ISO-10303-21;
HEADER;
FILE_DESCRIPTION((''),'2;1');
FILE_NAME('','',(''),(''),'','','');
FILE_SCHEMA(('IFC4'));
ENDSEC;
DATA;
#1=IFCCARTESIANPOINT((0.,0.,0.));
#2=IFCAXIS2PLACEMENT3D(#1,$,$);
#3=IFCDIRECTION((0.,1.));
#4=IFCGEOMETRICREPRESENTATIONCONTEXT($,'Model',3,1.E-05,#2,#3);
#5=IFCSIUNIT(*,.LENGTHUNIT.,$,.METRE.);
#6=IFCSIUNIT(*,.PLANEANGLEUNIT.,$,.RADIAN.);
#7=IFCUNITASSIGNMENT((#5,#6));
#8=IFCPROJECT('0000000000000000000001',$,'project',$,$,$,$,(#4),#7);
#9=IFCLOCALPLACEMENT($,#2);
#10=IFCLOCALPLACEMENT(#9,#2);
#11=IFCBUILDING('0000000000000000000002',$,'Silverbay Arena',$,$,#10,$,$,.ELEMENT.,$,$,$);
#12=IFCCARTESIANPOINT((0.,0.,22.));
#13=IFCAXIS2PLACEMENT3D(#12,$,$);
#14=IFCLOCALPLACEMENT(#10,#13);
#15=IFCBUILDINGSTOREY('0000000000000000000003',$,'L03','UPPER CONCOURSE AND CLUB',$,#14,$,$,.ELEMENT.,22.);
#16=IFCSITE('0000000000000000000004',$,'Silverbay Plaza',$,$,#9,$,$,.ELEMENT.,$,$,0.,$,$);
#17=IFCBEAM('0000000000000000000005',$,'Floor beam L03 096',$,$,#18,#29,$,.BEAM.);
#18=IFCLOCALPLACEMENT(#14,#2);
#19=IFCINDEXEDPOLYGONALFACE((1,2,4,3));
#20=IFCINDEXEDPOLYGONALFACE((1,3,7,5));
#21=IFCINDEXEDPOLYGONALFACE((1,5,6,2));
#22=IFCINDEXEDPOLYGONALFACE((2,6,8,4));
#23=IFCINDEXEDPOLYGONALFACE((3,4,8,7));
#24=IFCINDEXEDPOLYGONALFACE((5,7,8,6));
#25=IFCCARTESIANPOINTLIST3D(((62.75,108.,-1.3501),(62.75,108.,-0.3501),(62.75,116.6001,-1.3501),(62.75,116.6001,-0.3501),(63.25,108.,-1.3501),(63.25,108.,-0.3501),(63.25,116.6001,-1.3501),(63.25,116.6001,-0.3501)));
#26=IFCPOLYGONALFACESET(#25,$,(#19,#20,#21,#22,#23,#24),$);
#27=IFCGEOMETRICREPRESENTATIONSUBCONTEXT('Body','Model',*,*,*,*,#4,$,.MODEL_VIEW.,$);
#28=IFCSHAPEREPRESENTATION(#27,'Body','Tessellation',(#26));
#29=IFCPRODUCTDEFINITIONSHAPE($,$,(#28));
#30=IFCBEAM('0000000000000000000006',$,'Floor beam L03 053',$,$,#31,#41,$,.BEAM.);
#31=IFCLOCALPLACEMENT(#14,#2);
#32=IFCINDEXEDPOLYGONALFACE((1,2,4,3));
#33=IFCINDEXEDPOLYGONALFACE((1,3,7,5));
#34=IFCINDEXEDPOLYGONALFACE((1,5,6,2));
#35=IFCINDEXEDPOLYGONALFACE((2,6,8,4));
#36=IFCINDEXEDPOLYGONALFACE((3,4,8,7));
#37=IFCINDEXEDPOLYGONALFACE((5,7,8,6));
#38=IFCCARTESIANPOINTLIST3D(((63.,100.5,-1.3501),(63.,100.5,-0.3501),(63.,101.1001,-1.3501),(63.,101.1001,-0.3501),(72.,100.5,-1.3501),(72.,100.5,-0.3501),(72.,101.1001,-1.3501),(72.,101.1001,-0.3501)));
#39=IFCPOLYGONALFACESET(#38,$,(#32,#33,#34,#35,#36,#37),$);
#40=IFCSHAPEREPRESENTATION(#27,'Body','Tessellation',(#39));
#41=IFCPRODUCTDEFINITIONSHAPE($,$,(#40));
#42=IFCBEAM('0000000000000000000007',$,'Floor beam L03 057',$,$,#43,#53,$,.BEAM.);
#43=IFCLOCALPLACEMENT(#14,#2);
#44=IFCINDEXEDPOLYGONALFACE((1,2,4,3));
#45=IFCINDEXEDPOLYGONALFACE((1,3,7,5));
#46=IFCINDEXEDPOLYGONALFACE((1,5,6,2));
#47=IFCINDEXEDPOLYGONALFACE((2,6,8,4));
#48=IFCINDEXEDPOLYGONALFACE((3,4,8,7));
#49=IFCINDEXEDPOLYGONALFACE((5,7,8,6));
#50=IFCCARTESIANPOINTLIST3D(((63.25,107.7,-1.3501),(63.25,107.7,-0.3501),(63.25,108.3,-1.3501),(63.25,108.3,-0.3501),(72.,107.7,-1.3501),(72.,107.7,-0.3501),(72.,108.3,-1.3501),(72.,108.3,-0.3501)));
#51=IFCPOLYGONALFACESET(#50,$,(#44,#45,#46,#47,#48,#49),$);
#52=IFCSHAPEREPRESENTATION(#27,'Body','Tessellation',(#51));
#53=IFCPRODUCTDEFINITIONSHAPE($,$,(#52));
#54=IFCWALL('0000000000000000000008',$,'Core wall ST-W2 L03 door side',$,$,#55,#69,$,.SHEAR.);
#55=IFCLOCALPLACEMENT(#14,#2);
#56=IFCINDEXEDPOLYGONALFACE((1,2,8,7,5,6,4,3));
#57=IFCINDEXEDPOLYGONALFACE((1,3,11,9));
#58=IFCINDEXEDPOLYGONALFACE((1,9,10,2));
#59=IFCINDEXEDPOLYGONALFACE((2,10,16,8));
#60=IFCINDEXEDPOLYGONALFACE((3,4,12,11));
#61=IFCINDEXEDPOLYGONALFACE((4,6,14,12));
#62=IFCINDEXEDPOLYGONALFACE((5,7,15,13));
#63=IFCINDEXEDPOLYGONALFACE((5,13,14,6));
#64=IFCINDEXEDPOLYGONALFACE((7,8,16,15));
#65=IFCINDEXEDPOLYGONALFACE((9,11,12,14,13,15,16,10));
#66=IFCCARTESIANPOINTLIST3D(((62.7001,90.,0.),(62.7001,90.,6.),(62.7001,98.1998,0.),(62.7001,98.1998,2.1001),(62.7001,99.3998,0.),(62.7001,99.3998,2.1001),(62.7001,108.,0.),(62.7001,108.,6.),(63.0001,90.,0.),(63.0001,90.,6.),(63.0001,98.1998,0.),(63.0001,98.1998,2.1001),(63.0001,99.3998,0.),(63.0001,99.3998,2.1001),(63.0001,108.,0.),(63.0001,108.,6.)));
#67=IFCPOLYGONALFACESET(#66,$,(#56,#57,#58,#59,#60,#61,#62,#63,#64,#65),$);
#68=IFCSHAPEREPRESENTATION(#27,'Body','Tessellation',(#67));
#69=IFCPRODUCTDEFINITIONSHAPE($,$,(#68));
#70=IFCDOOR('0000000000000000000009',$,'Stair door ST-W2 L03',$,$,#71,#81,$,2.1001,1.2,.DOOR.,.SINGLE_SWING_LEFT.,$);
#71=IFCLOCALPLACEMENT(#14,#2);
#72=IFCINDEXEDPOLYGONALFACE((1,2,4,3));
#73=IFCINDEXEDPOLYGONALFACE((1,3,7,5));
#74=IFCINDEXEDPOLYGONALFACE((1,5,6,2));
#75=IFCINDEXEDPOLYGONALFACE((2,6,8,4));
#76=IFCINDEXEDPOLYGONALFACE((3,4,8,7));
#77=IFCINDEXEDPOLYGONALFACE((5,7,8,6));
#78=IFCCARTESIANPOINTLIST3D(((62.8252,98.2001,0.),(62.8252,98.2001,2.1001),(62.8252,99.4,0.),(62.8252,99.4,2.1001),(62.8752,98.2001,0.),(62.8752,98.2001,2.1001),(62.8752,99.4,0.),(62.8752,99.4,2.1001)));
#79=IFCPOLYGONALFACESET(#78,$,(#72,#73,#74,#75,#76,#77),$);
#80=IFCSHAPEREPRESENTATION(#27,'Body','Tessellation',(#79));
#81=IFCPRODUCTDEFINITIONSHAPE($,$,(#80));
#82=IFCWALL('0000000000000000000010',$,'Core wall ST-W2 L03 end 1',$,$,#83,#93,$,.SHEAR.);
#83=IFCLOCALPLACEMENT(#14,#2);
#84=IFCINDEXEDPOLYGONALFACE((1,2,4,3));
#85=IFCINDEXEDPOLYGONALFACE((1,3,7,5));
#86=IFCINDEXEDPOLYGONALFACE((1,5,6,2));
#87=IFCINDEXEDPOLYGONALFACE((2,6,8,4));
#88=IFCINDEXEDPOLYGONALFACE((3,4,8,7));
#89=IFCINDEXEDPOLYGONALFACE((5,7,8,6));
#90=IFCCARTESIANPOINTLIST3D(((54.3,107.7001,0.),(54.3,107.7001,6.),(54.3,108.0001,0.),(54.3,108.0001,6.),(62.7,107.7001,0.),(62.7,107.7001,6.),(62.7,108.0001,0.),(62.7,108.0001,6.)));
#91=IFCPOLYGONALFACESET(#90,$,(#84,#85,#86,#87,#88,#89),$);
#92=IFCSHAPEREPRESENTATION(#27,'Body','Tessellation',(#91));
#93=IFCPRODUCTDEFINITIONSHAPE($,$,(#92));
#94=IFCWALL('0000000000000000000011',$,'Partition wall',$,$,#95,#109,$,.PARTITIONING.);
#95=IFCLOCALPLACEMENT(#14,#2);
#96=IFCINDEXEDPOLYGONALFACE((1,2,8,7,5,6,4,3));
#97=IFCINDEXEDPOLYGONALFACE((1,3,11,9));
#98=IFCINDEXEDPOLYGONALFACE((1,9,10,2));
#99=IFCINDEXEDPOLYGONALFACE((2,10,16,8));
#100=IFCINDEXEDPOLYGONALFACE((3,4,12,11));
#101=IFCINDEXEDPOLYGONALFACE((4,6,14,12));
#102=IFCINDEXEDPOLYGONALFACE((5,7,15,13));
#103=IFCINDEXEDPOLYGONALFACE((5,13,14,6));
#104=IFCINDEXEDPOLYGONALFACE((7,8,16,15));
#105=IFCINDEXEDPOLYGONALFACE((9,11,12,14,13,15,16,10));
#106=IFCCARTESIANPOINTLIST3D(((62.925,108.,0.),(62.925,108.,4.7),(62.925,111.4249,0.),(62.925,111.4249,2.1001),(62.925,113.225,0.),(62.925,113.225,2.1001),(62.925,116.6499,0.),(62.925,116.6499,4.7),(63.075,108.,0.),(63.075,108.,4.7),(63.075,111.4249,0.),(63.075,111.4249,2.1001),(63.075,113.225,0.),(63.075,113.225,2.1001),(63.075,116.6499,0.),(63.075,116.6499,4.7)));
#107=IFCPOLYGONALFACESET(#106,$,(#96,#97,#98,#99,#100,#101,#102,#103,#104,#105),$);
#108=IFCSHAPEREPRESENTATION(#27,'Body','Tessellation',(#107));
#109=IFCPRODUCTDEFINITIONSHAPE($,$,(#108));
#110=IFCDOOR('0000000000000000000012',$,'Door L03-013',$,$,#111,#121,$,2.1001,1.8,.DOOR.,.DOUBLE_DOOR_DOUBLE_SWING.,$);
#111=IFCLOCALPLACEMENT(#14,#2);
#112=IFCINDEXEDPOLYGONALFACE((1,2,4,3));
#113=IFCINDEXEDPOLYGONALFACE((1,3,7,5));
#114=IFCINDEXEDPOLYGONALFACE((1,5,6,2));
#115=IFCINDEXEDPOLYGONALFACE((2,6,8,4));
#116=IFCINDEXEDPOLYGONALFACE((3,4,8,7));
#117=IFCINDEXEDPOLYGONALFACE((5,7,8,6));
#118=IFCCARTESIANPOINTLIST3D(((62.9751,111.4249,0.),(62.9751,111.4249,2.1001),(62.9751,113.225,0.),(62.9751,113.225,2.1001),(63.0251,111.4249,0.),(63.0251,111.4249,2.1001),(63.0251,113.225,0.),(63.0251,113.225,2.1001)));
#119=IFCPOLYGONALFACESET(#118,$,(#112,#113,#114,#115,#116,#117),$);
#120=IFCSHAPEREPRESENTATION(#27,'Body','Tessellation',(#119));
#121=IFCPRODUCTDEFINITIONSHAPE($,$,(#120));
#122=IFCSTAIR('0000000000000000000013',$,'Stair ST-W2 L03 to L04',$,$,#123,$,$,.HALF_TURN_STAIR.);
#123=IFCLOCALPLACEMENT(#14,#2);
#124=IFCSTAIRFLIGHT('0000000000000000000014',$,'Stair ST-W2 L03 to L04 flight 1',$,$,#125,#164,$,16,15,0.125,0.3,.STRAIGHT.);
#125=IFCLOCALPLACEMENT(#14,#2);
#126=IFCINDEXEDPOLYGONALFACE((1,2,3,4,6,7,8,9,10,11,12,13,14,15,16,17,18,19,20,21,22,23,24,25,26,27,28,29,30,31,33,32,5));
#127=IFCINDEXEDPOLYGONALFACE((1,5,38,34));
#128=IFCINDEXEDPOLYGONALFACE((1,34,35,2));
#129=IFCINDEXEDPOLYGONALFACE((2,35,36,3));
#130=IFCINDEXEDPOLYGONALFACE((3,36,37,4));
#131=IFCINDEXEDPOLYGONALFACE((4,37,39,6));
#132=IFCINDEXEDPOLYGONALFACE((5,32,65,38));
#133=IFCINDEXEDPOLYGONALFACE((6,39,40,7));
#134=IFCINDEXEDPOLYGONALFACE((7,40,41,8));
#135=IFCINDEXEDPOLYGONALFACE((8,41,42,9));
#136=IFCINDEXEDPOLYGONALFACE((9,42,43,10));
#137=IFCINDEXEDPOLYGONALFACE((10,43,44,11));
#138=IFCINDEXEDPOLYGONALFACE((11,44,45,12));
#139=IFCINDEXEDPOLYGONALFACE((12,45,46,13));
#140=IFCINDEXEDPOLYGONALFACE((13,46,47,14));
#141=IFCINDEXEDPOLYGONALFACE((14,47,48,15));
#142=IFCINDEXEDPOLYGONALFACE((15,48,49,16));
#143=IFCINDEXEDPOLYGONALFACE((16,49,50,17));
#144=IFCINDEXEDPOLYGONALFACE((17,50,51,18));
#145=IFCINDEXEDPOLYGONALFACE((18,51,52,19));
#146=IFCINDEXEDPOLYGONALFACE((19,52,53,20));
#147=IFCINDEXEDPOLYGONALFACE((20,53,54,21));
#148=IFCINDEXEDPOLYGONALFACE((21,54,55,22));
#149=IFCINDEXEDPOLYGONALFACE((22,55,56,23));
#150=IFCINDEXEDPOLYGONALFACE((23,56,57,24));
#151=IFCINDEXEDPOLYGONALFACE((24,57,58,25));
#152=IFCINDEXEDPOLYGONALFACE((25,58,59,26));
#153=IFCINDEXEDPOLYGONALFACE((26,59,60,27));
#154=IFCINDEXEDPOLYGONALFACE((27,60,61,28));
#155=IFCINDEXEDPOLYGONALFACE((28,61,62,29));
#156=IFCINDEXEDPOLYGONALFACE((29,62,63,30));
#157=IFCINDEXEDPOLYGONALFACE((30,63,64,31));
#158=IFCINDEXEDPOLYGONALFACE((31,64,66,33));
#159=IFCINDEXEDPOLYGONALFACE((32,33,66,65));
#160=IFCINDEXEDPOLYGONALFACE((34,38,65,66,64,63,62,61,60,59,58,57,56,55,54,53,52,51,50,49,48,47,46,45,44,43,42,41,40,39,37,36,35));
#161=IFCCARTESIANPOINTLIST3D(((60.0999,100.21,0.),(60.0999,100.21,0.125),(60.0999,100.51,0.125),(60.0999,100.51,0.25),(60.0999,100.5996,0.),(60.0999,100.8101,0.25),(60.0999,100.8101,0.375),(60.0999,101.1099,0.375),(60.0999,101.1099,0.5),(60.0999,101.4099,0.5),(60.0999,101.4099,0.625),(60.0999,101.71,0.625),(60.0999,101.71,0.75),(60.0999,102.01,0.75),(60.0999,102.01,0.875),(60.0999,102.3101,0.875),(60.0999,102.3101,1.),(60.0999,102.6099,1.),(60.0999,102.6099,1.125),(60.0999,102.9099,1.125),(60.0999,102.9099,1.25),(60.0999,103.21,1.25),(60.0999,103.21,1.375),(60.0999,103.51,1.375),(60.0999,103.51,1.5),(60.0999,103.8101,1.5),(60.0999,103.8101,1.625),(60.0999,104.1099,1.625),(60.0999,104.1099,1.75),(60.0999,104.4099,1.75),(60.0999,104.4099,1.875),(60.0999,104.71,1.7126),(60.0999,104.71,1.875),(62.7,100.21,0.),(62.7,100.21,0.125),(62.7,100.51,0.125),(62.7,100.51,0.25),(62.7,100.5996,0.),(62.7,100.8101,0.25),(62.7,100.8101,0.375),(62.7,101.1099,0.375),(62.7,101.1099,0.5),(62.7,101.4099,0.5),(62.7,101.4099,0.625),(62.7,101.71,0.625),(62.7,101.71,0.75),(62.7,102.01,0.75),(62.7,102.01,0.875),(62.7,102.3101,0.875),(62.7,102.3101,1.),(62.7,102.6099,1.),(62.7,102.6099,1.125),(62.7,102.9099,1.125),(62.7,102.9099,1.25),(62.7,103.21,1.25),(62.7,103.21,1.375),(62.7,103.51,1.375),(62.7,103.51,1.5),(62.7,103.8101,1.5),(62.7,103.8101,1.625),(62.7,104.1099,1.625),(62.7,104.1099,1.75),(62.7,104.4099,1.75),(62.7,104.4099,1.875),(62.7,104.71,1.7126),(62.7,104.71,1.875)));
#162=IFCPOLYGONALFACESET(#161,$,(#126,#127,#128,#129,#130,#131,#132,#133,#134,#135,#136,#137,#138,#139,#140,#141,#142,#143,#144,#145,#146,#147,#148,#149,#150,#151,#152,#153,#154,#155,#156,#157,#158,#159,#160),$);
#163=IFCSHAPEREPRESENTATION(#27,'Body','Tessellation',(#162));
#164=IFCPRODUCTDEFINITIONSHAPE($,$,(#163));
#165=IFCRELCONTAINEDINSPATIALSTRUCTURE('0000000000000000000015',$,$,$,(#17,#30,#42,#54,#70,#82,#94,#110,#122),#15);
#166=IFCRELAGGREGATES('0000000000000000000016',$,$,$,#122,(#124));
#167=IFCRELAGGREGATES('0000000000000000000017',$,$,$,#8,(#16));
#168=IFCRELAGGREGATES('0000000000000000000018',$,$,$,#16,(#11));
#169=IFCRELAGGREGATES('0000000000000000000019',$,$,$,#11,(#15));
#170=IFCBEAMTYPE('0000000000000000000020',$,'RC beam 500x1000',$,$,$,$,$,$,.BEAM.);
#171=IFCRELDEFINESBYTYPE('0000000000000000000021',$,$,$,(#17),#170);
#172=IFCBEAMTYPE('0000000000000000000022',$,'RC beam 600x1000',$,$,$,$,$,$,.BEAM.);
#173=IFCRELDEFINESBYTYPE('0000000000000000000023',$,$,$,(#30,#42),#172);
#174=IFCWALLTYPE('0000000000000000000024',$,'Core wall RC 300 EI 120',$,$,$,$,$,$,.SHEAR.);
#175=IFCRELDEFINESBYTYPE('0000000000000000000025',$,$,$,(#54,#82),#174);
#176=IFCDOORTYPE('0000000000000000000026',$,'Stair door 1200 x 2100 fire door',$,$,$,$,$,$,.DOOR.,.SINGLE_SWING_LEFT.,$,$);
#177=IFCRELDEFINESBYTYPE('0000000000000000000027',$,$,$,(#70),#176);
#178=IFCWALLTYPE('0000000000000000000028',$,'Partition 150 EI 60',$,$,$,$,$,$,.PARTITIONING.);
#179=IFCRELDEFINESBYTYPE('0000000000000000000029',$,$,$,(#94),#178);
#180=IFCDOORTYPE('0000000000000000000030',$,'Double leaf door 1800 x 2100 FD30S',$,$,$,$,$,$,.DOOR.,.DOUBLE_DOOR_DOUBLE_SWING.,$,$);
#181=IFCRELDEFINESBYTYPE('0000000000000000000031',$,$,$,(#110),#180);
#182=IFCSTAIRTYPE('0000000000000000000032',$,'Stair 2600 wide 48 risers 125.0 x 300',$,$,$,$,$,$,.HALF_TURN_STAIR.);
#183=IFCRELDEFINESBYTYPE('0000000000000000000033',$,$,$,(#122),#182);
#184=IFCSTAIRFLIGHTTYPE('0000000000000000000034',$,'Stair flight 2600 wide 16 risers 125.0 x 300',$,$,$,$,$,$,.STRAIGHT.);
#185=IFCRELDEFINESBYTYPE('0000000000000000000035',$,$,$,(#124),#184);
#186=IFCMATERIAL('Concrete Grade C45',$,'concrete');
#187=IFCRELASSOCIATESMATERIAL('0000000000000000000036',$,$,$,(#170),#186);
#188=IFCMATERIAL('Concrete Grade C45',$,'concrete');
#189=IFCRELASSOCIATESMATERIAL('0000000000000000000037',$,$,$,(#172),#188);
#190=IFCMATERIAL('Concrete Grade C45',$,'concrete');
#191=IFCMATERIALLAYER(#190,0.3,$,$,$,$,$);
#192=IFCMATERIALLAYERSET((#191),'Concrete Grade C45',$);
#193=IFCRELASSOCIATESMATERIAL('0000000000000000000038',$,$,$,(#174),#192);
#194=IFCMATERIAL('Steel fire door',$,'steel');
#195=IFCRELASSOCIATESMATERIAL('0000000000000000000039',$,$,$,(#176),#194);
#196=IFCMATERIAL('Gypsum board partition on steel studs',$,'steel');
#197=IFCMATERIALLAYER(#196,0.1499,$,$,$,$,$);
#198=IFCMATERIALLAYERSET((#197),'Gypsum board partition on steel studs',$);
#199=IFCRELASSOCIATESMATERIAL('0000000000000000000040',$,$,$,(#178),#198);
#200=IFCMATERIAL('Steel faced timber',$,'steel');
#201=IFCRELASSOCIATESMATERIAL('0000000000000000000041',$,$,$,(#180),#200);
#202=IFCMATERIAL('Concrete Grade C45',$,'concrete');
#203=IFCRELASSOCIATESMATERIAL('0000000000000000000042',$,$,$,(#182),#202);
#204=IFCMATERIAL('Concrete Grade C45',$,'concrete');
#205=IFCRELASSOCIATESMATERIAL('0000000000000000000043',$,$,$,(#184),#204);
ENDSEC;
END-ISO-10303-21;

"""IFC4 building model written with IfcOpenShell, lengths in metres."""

from ifc_helpers import new_model, si_unit, direction, frame, frame_2d, origin, origin_2d, place, context, subcontext, project, spatial, polyline, rectangle, outline, extrude, material, layer, layer_set, material_profile, profile_set, type_object, element, fill, aggregate, save


model = new_model("IFC4")

# Units and contexts
model_context = context("Model", 3, precision=1e-05, world=origin(), true_north=direction((0.0, 1.0)))
body_context = subcontext(model_context, "Body", "Model", "MODEL_VIEW")
ifc_project = project(units=[si_unit("LENGTHUNIT", "METRE"), si_unit("PLANEANGLEUNIT", "RADIAN")], contexts=[model_context])

# Site, building, storey
site_placement = place(None, origin())
site = spatial("IfcSite", under=ifc_project, at=site_placement, Name="Silverbay Plaza", CompositionType="ELEMENT", RefElevation=0.0)
building_placement = place(site_placement, origin())
building = spatial("IfcBuilding", under=site, at=building_placement, Name="Silverbay Arena", CompositionType="ELEMENT")
storey_placement = place(building_placement, frame((0.0, 0.0, 22.0)))
storey = spatial("IfcBuildingStorey", under=building, at=storey_placement, Name="L03", Description="UPPER CONCOURSE AND CLUB", CompositionType="ELEMENT", Elevation=22.0)

# Beams
ifc_material_1 = material(Name="Concrete Grade C45", Category="concrete")
ifc_material_profile_1 = material_profile(ifc_material_1, rectangle(XDim=0.5, YDim=1.0, at=origin_2d()), Name="RC 500x1000")
ifc_profile_set_1 = profile_set([ifc_material_profile_1], Name="Concrete Grade C45")
beam_type_1 = type_object("IfcBeamType", Name="RC beam 500x1000", PredefinedType="BEAM", material=ifc_profile_set_1)
beam_1_placement = place(storey_placement, frame((63.0, 108.0, -0.8501), z_axis=(0.0, 1.0, 0.0), x_axis=(-1.0, 0.0, 0.0)))
element("IfcBeam", 1, at=beam_1_placement, inside=storey, type_object=beam_type_1, Name="Floor beam L03 096", PredefinedType="BEAM", context=body_context, shape_type="SweptSolid", body=[
    extrude(rectangle(XDim=0.5, YDim=1.0, at=origin_2d()), origin(), (0.0, 0.0, 1.0), 8.6001),
])
ifc_material_2 = material(Name="Concrete Grade C45", Category="concrete")
ifc_material_profile_2 = material_profile(ifc_material_2, rectangle(XDim=0.6001, YDim=1.0, at=origin_2d()), Name="RC 600x1000")
ifc_profile_set_2 = profile_set([ifc_material_profile_2], Name="Concrete Grade C45")
beam_type_2 = type_object("IfcBeamType", Name="RC beam 600x1000", PredefinedType="BEAM", material=ifc_profile_set_2)
beam_2_placement = place(storey_placement, frame((63.0, 100.8, -0.8501), z_axis=(1.0, 0.0, 0.0), x_axis=(0.0, 1.0, 0.0)))
element("IfcBeam", 2, at=beam_2_placement, inside=storey, type_object=beam_type_2, Name="Floor beam L03 053", PredefinedType="BEAM", context=body_context, shape_type="SweptSolid", body=[
    extrude(rectangle(XDim=0.6001, YDim=1.0, at=origin_2d()), origin(), (0.0, 0.0, 1.0), 9.0),
])
beam_3_placement = place(storey_placement, frame((63.25, 108.0, -0.8501), z_axis=(1.0, 0.0, 0.0), x_axis=(0.0, 1.0, 0.0)))
element("IfcBeam", 3, at=beam_3_placement, inside=storey, type_object=beam_type_2, Name="Floor beam L03 057", PredefinedType="BEAM", context=body_context, shape_type="SweptSolid", body=[
    extrude(rectangle(XDim=0.6001, YDim=1.0, at=origin_2d()), origin(), (0.0, 0.0, 1.0), 8.75),
])

# Wall, opening, door
ifc_material_3 = material(Name="Concrete Grade C45", Category="concrete")
ifc_layer_1 = layer(ifc_material_3, 0.3)
ifc_layer_set_1 = layer_set([ifc_layer_1], Name="Concrete Grade C45")
wall_type_1 = type_object("IfcWallType", Name="Core wall RC 300 EI 120", PredefinedType="SHEAR", material=ifc_layer_set_1)
wall_1_placement = place(storey_placement, frame((62.8501, 108.0, 0.0), z_axis=(0.0, 0.0, 1.0), x_axis=(0.0, -1.0, 0.0)))
wall_1 = element("IfcWall", 4, at=wall_1_placement, inside=storey, type_object=wall_type_1, Name="Core wall ST-W2 L03 door side", PredefinedType="SHEAR", context=body_context, shape_type="SweptSolid", body=[
    extrude(rectangle(XDim=18.0, YDim=0.3, at=frame_2d((9.0, 0.0))), origin(), (0.0, 0.0, 1.0), 6.0),
])
opening_1_placement = place(wall_1_placement, frame((8.6001, 0.0, 0.0)))
opening_1 = element("IfcOpeningElement", 5, at=opening_1_placement, cuts=wall_1, PredefinedType="OPENING", context=body_context, shape_type="SweptSolid", body=[
    extrude(rectangle(XDim=1.2, YDim=2.1001, at=frame_2d((0.6001, 1.05))), frame((0.0, 0.1602, 0.0), z_axis=(0.0, -1.0, 0.0), x_axis=(1.0, 0.0, 0.0)), (0.0, 0.0, 1.0), 0.3201),
])
ifc_material_4 = material(Name="Steel fire door", Category="steel")
door_type_1 = type_object("IfcDoorType", Name="Stair door 1200 x 2100 fire door", OperationType="SINGLE_SWING_LEFT", PredefinedType="DOOR", material=ifc_material_4)
door_1_placement = place(opening_1_placement, frame((1.2, 0.0, 0.0), z_axis=(0.0, 0.0, 1.0), x_axis=(-1.0, 0.0, 0.0)))
door_1 = element("IfcDoor", 6, at=door_1_placement, inside=storey, type_object=door_type_1, Name="Stair door ST-W2 L03", OperationType="SINGLE_SWING_LEFT", OverallHeight=2.1001, OverallWidth=1.2, PredefinedType="DOOR", context=body_context, shape_type="SweptSolid", body=[
    extrude(rectangle(XDim=1.2, YDim=2.1001, at=frame_2d((0.6001, 1.05))), frame((0.0, 0.0249, 0.0), z_axis=(0.0, -1.0, 0.0), x_axis=(1.0, 0.0, 0.0)), (0.0, 0.0, 1.0), 0.05),
])
fill(opening_1, door_1)

# Wall
wall_2_placement = place(storey_placement, frame((62.7, 107.8501, 0.0), z_axis=(0.0, 0.0, 1.0), x_axis=(-1.0, 0.0, 0.0)))
element("IfcWall", 7, at=wall_2_placement, inside=storey, type_object=wall_type_1, Name="Core wall ST-W2 L03 end 1", PredefinedType="SHEAR", context=body_context, shape_type="SweptSolid", body=[
    extrude(rectangle(XDim=8.3999, YDim=0.3, at=frame_2d((4.2, 0.0))), origin(), (0.0, 0.0, 1.0), 6.0),
])

# Wall, opening, door
ifc_material_5 = material(Name="Gypsum board partition on steel studs", Category="steel")
ifc_layer_2 = layer(ifc_material_5, 0.1499)
ifc_layer_set_2 = layer_set([ifc_layer_2], Name="Gypsum board partition on steel studs")
wall_type_2 = type_object("IfcWallType", Name="Partition 150 EI 60", PredefinedType="PARTITIONING", material=ifc_layer_set_2)
wall_3_placement = place(storey_placement, frame((63.0, 108.0, 0.0), z_axis=(0.0, 0.0, 1.0), x_axis=(0.0, 1.0, 0.0)))
wall_3 = element("IfcWall", 8, at=wall_3_placement, inside=storey, type_object=wall_type_2, Name="Partition wall", PredefinedType="PARTITIONING", context=body_context, shape_type="SweptSolid", body=[
    extrude(rectangle(XDim=8.6499, YDim=0.1499, at=frame_2d((4.325, 0.0))), origin(), (0.0, 0.0, 1.0), 4.7),
])
opening_2_placement = place(wall_3_placement, frame((3.425, 0.0, 0.0)))
opening_2 = element("IfcOpeningElement", 9, at=opening_2_placement, cuts=wall_3, PredefinedType="OPENING", context=body_context, shape_type="SweptSolid", body=[
    extrude(rectangle(XDim=1.8, YDim=2.1001, at=frame_2d((0.8999, 1.05))), frame((0.0, 0.085, 0.0), z_axis=(0.0, -1.0, 0.0), x_axis=(1.0, 0.0, 0.0)), (0.0, 0.0, 1.0), 0.1699),
])
ifc_material_6 = material(Name="Steel faced timber", Category="steel")
door_type_2 = type_object("IfcDoorType", Name="Double leaf door 1800 x 2100 FD30S", OperationType="DOUBLE_DOOR_DOUBLE_SWING", PredefinedType="DOOR", material=ifc_material_6)
door_2_placement = place(opening_2_placement, origin())
door_2 = element("IfcDoor", 10, at=door_2_placement, inside=storey, type_object=door_type_2, Name="Door L03-013", OperationType="DOUBLE_DOOR_DOUBLE_SWING", OverallHeight=2.1001, OverallWidth=1.8, PredefinedType="DOOR", context=body_context, shape_type="SweptSolid", body=[
    extrude(rectangle(XDim=1.8, YDim=2.1001, at=frame_2d((0.8999, 1.05))), frame((0.0, 0.0249, 0.0), z_axis=(0.0, -1.0, 0.0), x_axis=(1.0, 0.0, 0.0)), (0.0, 0.0, 1.0), 0.05),
])
fill(opening_2, door_2)

# Stair, stair flight
ifc_material_7 = material(Name="Concrete Grade C45", Category="concrete")
stair_type = type_object("IfcStairType", Name="Stair 2600 wide 48 risers 125.0 x 300", PredefinedType="HALF_TURN_STAIR", material=ifc_material_7)
stair_1_placement = place(storey_placement, origin())
stair_1 = element("IfcStair", 11, at=stair_1_placement, inside=storey, type_object=stair_type, Name="Stair ST-W2 L03 to L04", PredefinedType="HALF_TURN_STAIR")
ifc_material_8 = material(Name="Concrete Grade C45", Category="concrete")
stair_flight_type = type_object("IfcStairFlightType", Name="Stair flight 2600 wide 16 risers 125.0 x 300", PredefinedType="STRAIGHT", material=ifc_material_8)
stair_flight_1_placement = place(storey_placement, frame((61.3999, 100.21, 0.0), z_axis=(0.0, 0.0, 1.0), x_axis=(0.0, 1.0, 0.0)))
stair_flight_1 = element("IfcStairFlight", 12, at=stair_flight_1_placement, type_object=stair_flight_type, Name="Stair ST-W2 L03 to L04 flight 1", NumberOfRisers=16, NumberOfTreads=15, PredefinedType="STRAIGHT", RiserHeight=0.125, TreadLength=0.3, context=body_context, shape_type="SweptSolid", body=[
    extrude(outline(polyline([(0.0, 0.0), (0.0, 0.125), (0.3, 0.125), (0.3, 0.25), (0.6001, 0.25), (0.6001, 0.375), (0.8999, 0.375), (0.8999, 0.5), (1.2, 0.5), (1.2, 0.625), (1.5, 0.625), (1.5, 0.75), (1.8, 0.75), (1.8, 0.875), (2.1001, 0.875), (2.1001, 1.0), (2.3999, 1.0), (2.3999, 1.125), (2.7, 1.125), (2.7, 1.25), (3.0, 1.25), (3.0, 1.375), (3.3, 1.375), (3.3, 1.5), (3.6001, 1.5), (3.6001, 1.625), (3.8999, 1.625), (3.8999, 1.75), (4.2, 1.75), (4.2, 1.875), (4.5, 1.875), (4.5, 1.7126), (0.3896, 0.0), (0.0, 0.0)])), frame((0.0, 1.3, 0.0), z_axis=(0.0, -1.0, 0.0), x_axis=(1.0, 0.0, 0.0)), (0.0, 0.0, 1.0), 2.6001),
])
aggregate(stair_1, [stair_flight_1])

save(model, "model.ifc")
